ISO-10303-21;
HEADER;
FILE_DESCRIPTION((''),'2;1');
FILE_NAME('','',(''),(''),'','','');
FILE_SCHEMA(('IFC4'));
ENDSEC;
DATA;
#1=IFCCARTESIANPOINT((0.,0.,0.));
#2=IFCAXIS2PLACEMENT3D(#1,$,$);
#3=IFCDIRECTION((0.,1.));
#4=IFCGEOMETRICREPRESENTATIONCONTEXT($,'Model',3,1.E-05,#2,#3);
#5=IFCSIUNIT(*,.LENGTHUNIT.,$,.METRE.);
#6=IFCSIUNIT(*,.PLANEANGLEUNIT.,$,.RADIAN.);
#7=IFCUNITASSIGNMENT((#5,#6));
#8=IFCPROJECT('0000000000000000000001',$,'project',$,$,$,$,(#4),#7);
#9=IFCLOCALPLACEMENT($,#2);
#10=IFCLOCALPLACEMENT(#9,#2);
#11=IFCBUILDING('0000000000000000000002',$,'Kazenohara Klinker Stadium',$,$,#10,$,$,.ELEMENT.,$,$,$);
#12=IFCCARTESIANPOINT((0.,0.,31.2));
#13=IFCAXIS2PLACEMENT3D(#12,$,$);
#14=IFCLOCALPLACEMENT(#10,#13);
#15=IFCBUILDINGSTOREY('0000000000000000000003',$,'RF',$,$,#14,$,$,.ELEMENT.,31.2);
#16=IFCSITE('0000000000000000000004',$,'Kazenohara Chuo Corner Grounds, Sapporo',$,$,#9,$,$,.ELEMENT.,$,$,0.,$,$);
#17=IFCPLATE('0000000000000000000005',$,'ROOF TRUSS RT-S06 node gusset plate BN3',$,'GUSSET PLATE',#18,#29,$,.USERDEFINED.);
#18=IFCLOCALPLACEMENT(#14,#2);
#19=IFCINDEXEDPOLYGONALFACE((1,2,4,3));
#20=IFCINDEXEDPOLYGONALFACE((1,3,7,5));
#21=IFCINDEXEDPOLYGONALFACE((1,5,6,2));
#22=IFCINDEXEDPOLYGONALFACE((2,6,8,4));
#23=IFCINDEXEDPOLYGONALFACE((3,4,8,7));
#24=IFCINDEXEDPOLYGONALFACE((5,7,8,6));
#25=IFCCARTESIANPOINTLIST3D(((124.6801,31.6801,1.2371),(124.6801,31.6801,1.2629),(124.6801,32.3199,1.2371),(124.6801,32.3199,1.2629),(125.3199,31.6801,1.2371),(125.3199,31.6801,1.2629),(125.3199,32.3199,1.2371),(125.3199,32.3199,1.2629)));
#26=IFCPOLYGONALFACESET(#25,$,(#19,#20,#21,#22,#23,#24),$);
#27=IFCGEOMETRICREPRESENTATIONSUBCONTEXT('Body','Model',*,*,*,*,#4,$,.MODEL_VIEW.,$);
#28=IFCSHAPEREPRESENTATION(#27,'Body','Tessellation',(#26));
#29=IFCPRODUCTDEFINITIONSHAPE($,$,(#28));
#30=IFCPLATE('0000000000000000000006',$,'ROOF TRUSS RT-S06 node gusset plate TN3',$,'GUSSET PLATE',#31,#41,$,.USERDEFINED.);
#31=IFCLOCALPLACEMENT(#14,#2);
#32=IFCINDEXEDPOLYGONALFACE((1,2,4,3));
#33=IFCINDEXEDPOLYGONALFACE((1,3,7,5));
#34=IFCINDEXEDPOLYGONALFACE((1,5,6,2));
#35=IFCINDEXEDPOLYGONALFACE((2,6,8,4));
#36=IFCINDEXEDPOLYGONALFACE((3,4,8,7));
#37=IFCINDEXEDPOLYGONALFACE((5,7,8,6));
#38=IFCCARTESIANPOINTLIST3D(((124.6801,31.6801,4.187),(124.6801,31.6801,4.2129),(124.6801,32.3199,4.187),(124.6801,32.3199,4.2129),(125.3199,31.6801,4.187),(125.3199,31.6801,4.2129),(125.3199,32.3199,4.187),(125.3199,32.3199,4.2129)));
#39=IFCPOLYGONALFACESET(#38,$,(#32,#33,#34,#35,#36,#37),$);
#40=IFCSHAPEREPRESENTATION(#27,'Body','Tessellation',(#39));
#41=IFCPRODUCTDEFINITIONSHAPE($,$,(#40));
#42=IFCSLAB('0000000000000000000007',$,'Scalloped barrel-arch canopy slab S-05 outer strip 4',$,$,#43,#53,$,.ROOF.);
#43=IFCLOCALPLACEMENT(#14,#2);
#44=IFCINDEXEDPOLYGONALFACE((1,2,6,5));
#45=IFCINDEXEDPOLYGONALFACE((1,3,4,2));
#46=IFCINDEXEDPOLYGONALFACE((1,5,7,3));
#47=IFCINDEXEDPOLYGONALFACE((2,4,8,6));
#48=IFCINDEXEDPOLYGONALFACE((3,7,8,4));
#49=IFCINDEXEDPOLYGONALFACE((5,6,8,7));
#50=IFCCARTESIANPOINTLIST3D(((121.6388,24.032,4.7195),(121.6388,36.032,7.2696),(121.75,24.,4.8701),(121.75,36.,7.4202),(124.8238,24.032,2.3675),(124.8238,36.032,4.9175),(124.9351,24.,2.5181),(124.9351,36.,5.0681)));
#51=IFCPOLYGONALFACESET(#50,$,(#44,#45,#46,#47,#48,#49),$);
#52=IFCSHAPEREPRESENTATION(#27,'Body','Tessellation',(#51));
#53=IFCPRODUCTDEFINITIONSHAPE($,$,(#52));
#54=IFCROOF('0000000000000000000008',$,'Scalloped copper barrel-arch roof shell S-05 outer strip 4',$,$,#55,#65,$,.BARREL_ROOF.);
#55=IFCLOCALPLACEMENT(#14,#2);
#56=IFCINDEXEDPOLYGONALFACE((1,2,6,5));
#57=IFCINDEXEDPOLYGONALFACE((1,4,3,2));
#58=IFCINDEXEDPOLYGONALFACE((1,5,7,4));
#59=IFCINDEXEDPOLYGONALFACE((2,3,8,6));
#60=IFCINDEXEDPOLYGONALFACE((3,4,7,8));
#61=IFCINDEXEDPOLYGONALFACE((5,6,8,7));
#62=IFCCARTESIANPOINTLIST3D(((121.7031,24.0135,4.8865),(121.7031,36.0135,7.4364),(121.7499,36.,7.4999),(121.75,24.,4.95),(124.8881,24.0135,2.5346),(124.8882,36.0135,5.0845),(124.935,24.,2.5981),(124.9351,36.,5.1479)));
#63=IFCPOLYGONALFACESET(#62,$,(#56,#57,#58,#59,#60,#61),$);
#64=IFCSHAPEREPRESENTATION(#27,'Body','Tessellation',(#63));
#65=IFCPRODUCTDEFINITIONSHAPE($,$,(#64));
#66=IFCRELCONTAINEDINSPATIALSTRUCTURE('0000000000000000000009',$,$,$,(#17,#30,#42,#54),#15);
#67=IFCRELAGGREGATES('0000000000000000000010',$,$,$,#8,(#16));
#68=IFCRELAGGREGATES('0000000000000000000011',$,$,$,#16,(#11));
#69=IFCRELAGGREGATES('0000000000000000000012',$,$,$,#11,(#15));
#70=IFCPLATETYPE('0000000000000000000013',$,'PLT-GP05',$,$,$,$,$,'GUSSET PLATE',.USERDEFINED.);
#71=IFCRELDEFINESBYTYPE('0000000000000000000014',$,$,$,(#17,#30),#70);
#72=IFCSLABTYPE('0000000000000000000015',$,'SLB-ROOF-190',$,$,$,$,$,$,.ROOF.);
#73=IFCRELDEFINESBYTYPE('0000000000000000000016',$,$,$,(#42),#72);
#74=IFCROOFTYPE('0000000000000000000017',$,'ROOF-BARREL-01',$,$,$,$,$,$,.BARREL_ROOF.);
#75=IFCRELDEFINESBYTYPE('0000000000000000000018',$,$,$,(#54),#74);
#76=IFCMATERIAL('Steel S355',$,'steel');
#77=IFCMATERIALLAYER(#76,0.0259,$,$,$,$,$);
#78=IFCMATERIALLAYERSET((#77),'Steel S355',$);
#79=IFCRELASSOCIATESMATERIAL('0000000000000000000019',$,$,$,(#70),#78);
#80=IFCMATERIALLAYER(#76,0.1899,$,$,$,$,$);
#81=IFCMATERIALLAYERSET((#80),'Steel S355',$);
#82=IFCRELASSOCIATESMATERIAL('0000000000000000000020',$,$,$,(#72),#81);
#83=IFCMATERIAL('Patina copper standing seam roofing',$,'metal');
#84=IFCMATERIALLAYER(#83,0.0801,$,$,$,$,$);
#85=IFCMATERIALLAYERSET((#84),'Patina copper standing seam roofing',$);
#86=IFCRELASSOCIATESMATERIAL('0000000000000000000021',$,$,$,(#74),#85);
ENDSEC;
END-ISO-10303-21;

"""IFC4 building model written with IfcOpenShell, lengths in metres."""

from ifc_helpers import new_model, si_unit, direction, frame, origin, origin_2d, place, context, subcontext, project, spatial, polyline, rectangle, outline, extrude, material, layer, layer_set, type_object, element, save


model = new_model("IFC4")

# Units and contexts
model_context = context("Model", 3, precision=1e-05, world=origin(), true_north=direction((0.0, 1.0)))
body_context = subcontext(model_context, "Body", "Model", "MODEL_VIEW")
ifc_project = project(units=[si_unit("LENGTHUNIT", "METRE"), si_unit("PLANEANGLEUNIT", "RADIAN")], contexts=[model_context])

# Site, building, storey
site_placement = place(None, origin())
site = spatial("IfcSite", under=ifc_project, at=site_placement, Name="Kazenohara Chuo Corner Grounds, Sapporo", CompositionType="ELEMENT", RefElevation=0.0)
building_placement = place(site_placement, origin())
building = spatial("IfcBuilding", under=site, at=building_placement, Name="Kazenohara Klinker Stadium", CompositionType="ELEMENT")
storey_placement = place(building_placement, frame((0.0, 0.0, 31.2)))
storey = spatial("IfcBuildingStorey", under=building, at=storey_placement, Name="RF", CompositionType="ELEMENT", Elevation=31.2)

# Shared definitions
ifc_material_1 = material(Name="Steel S355", Category="steel")

# Plates
ifc_layer_1 = layer(ifc_material_1, 0.0259)
ifc_layer_set_1 = layer_set([ifc_layer_1], Name="Steel S355")
plate_type_1 = type_object("IfcPlateType", Name="PLT-GP05", ElementType="GUSSET PLATE", PredefinedType="USERDEFINED", material=ifc_layer_set_1)
for number, where, z_axis, x_axis, name in (
    (1, (125.0, 32.0, 1.2371), (0.0, 0.0, 1.0), (1.0, 0.0, 0.0), "ROOF TRUSS RT-S06 node gusset plate BN3"),
    (2, (125.0, 32.0, 4.187), (0.0, 0.0, 1.0), (1.0, 0.0, 0.0), "ROOF TRUSS RT-S06 node gusset plate TN3"),
):
    element("IfcPlate", number, at=place(storey_placement, frame(where, z_axis=z_axis, x_axis=x_axis)), inside=storey, type_object=plate_type_1, Name=name, ObjectType="GUSSET PLATE", PredefinedType="USERDEFINED", context=body_context, shape_type="SweptSolid", body=[
        extrude(rectangle(XDim=0.6399, YDim=0.6399, at=origin_2d()), origin(), (0.0, 0.0, 1.0), 0.0259),
    ])

# Slab
ifc_layer_2 = layer(ifc_material_1, 0.1899)
ifc_layer_set_2 = layer_set([ifc_layer_2], Name="Steel S355")
slab_type = type_object("IfcSlabType", Name="SLB-ROOF-190", PredefinedType="ROOF", material=ifc_layer_set_2)
slab_placement = place(storey_placement, frame((121.75, 24.0, 4.8701), z_axis=(0.58555, -0.168501, 0.79293), x_axis=(0.0, 0.978158, 0.207863)))
element("IfcSlab", 3, at=slab_placement, inside=storey, type_object=slab_type, Name="Scalloped barrel-arch canopy slab S-05 outer strip 4", PredefinedType="ROOF", context=body_context, shape_type="SweptSolid", body=[
    extrude(outline(polyline([(0.0, 0.0), (12.268, 0.0), (11.7791, -3.9291), (-0.4889, -3.9291), (0.0, 0.0)])), origin(), (0.0, 0.0, -1.0), 0.1899),
])

# Roof
ifc_material_2 = material(Name="Patina copper standing seam roofing", Category="metal")
ifc_layer_3 = layer(ifc_material_2, 0.0801)
ifc_layer_set_3 = layer_set([ifc_layer_3], Name="Patina copper standing seam roofing")
roof_type = type_object("IfcRoofType", Name="ROOF-BARREL-01", PredefinedType="BARREL_ROOF", material=ifc_layer_set_3)
roof_placement = place(storey_placement, frame((121.75, 24.0, 4.95), z_axis=(0.585531, -0.168496, 0.792945), x_axis=(-0.000005, 0.978159, 0.207856)))
element("IfcRoof", 4, at=roof_placement, inside=storey, type_object=roof_type, Name="Scalloped copper barrel-arch roof shell S-05 outer strip 4", PredefinedType="BARREL_ROOF", context=body_context, shape_type="SweptSolid", body=[
    extrude(outline(polyline([(0.0, 0.0), (12.268, 0.0), (11.7791, -3.9291), (-0.4889, -3.9289), (0.0, 0.0)])), origin(), (0.0, 0.0, -1.0), 0.0801),
])

save(model, "model.ifc")
